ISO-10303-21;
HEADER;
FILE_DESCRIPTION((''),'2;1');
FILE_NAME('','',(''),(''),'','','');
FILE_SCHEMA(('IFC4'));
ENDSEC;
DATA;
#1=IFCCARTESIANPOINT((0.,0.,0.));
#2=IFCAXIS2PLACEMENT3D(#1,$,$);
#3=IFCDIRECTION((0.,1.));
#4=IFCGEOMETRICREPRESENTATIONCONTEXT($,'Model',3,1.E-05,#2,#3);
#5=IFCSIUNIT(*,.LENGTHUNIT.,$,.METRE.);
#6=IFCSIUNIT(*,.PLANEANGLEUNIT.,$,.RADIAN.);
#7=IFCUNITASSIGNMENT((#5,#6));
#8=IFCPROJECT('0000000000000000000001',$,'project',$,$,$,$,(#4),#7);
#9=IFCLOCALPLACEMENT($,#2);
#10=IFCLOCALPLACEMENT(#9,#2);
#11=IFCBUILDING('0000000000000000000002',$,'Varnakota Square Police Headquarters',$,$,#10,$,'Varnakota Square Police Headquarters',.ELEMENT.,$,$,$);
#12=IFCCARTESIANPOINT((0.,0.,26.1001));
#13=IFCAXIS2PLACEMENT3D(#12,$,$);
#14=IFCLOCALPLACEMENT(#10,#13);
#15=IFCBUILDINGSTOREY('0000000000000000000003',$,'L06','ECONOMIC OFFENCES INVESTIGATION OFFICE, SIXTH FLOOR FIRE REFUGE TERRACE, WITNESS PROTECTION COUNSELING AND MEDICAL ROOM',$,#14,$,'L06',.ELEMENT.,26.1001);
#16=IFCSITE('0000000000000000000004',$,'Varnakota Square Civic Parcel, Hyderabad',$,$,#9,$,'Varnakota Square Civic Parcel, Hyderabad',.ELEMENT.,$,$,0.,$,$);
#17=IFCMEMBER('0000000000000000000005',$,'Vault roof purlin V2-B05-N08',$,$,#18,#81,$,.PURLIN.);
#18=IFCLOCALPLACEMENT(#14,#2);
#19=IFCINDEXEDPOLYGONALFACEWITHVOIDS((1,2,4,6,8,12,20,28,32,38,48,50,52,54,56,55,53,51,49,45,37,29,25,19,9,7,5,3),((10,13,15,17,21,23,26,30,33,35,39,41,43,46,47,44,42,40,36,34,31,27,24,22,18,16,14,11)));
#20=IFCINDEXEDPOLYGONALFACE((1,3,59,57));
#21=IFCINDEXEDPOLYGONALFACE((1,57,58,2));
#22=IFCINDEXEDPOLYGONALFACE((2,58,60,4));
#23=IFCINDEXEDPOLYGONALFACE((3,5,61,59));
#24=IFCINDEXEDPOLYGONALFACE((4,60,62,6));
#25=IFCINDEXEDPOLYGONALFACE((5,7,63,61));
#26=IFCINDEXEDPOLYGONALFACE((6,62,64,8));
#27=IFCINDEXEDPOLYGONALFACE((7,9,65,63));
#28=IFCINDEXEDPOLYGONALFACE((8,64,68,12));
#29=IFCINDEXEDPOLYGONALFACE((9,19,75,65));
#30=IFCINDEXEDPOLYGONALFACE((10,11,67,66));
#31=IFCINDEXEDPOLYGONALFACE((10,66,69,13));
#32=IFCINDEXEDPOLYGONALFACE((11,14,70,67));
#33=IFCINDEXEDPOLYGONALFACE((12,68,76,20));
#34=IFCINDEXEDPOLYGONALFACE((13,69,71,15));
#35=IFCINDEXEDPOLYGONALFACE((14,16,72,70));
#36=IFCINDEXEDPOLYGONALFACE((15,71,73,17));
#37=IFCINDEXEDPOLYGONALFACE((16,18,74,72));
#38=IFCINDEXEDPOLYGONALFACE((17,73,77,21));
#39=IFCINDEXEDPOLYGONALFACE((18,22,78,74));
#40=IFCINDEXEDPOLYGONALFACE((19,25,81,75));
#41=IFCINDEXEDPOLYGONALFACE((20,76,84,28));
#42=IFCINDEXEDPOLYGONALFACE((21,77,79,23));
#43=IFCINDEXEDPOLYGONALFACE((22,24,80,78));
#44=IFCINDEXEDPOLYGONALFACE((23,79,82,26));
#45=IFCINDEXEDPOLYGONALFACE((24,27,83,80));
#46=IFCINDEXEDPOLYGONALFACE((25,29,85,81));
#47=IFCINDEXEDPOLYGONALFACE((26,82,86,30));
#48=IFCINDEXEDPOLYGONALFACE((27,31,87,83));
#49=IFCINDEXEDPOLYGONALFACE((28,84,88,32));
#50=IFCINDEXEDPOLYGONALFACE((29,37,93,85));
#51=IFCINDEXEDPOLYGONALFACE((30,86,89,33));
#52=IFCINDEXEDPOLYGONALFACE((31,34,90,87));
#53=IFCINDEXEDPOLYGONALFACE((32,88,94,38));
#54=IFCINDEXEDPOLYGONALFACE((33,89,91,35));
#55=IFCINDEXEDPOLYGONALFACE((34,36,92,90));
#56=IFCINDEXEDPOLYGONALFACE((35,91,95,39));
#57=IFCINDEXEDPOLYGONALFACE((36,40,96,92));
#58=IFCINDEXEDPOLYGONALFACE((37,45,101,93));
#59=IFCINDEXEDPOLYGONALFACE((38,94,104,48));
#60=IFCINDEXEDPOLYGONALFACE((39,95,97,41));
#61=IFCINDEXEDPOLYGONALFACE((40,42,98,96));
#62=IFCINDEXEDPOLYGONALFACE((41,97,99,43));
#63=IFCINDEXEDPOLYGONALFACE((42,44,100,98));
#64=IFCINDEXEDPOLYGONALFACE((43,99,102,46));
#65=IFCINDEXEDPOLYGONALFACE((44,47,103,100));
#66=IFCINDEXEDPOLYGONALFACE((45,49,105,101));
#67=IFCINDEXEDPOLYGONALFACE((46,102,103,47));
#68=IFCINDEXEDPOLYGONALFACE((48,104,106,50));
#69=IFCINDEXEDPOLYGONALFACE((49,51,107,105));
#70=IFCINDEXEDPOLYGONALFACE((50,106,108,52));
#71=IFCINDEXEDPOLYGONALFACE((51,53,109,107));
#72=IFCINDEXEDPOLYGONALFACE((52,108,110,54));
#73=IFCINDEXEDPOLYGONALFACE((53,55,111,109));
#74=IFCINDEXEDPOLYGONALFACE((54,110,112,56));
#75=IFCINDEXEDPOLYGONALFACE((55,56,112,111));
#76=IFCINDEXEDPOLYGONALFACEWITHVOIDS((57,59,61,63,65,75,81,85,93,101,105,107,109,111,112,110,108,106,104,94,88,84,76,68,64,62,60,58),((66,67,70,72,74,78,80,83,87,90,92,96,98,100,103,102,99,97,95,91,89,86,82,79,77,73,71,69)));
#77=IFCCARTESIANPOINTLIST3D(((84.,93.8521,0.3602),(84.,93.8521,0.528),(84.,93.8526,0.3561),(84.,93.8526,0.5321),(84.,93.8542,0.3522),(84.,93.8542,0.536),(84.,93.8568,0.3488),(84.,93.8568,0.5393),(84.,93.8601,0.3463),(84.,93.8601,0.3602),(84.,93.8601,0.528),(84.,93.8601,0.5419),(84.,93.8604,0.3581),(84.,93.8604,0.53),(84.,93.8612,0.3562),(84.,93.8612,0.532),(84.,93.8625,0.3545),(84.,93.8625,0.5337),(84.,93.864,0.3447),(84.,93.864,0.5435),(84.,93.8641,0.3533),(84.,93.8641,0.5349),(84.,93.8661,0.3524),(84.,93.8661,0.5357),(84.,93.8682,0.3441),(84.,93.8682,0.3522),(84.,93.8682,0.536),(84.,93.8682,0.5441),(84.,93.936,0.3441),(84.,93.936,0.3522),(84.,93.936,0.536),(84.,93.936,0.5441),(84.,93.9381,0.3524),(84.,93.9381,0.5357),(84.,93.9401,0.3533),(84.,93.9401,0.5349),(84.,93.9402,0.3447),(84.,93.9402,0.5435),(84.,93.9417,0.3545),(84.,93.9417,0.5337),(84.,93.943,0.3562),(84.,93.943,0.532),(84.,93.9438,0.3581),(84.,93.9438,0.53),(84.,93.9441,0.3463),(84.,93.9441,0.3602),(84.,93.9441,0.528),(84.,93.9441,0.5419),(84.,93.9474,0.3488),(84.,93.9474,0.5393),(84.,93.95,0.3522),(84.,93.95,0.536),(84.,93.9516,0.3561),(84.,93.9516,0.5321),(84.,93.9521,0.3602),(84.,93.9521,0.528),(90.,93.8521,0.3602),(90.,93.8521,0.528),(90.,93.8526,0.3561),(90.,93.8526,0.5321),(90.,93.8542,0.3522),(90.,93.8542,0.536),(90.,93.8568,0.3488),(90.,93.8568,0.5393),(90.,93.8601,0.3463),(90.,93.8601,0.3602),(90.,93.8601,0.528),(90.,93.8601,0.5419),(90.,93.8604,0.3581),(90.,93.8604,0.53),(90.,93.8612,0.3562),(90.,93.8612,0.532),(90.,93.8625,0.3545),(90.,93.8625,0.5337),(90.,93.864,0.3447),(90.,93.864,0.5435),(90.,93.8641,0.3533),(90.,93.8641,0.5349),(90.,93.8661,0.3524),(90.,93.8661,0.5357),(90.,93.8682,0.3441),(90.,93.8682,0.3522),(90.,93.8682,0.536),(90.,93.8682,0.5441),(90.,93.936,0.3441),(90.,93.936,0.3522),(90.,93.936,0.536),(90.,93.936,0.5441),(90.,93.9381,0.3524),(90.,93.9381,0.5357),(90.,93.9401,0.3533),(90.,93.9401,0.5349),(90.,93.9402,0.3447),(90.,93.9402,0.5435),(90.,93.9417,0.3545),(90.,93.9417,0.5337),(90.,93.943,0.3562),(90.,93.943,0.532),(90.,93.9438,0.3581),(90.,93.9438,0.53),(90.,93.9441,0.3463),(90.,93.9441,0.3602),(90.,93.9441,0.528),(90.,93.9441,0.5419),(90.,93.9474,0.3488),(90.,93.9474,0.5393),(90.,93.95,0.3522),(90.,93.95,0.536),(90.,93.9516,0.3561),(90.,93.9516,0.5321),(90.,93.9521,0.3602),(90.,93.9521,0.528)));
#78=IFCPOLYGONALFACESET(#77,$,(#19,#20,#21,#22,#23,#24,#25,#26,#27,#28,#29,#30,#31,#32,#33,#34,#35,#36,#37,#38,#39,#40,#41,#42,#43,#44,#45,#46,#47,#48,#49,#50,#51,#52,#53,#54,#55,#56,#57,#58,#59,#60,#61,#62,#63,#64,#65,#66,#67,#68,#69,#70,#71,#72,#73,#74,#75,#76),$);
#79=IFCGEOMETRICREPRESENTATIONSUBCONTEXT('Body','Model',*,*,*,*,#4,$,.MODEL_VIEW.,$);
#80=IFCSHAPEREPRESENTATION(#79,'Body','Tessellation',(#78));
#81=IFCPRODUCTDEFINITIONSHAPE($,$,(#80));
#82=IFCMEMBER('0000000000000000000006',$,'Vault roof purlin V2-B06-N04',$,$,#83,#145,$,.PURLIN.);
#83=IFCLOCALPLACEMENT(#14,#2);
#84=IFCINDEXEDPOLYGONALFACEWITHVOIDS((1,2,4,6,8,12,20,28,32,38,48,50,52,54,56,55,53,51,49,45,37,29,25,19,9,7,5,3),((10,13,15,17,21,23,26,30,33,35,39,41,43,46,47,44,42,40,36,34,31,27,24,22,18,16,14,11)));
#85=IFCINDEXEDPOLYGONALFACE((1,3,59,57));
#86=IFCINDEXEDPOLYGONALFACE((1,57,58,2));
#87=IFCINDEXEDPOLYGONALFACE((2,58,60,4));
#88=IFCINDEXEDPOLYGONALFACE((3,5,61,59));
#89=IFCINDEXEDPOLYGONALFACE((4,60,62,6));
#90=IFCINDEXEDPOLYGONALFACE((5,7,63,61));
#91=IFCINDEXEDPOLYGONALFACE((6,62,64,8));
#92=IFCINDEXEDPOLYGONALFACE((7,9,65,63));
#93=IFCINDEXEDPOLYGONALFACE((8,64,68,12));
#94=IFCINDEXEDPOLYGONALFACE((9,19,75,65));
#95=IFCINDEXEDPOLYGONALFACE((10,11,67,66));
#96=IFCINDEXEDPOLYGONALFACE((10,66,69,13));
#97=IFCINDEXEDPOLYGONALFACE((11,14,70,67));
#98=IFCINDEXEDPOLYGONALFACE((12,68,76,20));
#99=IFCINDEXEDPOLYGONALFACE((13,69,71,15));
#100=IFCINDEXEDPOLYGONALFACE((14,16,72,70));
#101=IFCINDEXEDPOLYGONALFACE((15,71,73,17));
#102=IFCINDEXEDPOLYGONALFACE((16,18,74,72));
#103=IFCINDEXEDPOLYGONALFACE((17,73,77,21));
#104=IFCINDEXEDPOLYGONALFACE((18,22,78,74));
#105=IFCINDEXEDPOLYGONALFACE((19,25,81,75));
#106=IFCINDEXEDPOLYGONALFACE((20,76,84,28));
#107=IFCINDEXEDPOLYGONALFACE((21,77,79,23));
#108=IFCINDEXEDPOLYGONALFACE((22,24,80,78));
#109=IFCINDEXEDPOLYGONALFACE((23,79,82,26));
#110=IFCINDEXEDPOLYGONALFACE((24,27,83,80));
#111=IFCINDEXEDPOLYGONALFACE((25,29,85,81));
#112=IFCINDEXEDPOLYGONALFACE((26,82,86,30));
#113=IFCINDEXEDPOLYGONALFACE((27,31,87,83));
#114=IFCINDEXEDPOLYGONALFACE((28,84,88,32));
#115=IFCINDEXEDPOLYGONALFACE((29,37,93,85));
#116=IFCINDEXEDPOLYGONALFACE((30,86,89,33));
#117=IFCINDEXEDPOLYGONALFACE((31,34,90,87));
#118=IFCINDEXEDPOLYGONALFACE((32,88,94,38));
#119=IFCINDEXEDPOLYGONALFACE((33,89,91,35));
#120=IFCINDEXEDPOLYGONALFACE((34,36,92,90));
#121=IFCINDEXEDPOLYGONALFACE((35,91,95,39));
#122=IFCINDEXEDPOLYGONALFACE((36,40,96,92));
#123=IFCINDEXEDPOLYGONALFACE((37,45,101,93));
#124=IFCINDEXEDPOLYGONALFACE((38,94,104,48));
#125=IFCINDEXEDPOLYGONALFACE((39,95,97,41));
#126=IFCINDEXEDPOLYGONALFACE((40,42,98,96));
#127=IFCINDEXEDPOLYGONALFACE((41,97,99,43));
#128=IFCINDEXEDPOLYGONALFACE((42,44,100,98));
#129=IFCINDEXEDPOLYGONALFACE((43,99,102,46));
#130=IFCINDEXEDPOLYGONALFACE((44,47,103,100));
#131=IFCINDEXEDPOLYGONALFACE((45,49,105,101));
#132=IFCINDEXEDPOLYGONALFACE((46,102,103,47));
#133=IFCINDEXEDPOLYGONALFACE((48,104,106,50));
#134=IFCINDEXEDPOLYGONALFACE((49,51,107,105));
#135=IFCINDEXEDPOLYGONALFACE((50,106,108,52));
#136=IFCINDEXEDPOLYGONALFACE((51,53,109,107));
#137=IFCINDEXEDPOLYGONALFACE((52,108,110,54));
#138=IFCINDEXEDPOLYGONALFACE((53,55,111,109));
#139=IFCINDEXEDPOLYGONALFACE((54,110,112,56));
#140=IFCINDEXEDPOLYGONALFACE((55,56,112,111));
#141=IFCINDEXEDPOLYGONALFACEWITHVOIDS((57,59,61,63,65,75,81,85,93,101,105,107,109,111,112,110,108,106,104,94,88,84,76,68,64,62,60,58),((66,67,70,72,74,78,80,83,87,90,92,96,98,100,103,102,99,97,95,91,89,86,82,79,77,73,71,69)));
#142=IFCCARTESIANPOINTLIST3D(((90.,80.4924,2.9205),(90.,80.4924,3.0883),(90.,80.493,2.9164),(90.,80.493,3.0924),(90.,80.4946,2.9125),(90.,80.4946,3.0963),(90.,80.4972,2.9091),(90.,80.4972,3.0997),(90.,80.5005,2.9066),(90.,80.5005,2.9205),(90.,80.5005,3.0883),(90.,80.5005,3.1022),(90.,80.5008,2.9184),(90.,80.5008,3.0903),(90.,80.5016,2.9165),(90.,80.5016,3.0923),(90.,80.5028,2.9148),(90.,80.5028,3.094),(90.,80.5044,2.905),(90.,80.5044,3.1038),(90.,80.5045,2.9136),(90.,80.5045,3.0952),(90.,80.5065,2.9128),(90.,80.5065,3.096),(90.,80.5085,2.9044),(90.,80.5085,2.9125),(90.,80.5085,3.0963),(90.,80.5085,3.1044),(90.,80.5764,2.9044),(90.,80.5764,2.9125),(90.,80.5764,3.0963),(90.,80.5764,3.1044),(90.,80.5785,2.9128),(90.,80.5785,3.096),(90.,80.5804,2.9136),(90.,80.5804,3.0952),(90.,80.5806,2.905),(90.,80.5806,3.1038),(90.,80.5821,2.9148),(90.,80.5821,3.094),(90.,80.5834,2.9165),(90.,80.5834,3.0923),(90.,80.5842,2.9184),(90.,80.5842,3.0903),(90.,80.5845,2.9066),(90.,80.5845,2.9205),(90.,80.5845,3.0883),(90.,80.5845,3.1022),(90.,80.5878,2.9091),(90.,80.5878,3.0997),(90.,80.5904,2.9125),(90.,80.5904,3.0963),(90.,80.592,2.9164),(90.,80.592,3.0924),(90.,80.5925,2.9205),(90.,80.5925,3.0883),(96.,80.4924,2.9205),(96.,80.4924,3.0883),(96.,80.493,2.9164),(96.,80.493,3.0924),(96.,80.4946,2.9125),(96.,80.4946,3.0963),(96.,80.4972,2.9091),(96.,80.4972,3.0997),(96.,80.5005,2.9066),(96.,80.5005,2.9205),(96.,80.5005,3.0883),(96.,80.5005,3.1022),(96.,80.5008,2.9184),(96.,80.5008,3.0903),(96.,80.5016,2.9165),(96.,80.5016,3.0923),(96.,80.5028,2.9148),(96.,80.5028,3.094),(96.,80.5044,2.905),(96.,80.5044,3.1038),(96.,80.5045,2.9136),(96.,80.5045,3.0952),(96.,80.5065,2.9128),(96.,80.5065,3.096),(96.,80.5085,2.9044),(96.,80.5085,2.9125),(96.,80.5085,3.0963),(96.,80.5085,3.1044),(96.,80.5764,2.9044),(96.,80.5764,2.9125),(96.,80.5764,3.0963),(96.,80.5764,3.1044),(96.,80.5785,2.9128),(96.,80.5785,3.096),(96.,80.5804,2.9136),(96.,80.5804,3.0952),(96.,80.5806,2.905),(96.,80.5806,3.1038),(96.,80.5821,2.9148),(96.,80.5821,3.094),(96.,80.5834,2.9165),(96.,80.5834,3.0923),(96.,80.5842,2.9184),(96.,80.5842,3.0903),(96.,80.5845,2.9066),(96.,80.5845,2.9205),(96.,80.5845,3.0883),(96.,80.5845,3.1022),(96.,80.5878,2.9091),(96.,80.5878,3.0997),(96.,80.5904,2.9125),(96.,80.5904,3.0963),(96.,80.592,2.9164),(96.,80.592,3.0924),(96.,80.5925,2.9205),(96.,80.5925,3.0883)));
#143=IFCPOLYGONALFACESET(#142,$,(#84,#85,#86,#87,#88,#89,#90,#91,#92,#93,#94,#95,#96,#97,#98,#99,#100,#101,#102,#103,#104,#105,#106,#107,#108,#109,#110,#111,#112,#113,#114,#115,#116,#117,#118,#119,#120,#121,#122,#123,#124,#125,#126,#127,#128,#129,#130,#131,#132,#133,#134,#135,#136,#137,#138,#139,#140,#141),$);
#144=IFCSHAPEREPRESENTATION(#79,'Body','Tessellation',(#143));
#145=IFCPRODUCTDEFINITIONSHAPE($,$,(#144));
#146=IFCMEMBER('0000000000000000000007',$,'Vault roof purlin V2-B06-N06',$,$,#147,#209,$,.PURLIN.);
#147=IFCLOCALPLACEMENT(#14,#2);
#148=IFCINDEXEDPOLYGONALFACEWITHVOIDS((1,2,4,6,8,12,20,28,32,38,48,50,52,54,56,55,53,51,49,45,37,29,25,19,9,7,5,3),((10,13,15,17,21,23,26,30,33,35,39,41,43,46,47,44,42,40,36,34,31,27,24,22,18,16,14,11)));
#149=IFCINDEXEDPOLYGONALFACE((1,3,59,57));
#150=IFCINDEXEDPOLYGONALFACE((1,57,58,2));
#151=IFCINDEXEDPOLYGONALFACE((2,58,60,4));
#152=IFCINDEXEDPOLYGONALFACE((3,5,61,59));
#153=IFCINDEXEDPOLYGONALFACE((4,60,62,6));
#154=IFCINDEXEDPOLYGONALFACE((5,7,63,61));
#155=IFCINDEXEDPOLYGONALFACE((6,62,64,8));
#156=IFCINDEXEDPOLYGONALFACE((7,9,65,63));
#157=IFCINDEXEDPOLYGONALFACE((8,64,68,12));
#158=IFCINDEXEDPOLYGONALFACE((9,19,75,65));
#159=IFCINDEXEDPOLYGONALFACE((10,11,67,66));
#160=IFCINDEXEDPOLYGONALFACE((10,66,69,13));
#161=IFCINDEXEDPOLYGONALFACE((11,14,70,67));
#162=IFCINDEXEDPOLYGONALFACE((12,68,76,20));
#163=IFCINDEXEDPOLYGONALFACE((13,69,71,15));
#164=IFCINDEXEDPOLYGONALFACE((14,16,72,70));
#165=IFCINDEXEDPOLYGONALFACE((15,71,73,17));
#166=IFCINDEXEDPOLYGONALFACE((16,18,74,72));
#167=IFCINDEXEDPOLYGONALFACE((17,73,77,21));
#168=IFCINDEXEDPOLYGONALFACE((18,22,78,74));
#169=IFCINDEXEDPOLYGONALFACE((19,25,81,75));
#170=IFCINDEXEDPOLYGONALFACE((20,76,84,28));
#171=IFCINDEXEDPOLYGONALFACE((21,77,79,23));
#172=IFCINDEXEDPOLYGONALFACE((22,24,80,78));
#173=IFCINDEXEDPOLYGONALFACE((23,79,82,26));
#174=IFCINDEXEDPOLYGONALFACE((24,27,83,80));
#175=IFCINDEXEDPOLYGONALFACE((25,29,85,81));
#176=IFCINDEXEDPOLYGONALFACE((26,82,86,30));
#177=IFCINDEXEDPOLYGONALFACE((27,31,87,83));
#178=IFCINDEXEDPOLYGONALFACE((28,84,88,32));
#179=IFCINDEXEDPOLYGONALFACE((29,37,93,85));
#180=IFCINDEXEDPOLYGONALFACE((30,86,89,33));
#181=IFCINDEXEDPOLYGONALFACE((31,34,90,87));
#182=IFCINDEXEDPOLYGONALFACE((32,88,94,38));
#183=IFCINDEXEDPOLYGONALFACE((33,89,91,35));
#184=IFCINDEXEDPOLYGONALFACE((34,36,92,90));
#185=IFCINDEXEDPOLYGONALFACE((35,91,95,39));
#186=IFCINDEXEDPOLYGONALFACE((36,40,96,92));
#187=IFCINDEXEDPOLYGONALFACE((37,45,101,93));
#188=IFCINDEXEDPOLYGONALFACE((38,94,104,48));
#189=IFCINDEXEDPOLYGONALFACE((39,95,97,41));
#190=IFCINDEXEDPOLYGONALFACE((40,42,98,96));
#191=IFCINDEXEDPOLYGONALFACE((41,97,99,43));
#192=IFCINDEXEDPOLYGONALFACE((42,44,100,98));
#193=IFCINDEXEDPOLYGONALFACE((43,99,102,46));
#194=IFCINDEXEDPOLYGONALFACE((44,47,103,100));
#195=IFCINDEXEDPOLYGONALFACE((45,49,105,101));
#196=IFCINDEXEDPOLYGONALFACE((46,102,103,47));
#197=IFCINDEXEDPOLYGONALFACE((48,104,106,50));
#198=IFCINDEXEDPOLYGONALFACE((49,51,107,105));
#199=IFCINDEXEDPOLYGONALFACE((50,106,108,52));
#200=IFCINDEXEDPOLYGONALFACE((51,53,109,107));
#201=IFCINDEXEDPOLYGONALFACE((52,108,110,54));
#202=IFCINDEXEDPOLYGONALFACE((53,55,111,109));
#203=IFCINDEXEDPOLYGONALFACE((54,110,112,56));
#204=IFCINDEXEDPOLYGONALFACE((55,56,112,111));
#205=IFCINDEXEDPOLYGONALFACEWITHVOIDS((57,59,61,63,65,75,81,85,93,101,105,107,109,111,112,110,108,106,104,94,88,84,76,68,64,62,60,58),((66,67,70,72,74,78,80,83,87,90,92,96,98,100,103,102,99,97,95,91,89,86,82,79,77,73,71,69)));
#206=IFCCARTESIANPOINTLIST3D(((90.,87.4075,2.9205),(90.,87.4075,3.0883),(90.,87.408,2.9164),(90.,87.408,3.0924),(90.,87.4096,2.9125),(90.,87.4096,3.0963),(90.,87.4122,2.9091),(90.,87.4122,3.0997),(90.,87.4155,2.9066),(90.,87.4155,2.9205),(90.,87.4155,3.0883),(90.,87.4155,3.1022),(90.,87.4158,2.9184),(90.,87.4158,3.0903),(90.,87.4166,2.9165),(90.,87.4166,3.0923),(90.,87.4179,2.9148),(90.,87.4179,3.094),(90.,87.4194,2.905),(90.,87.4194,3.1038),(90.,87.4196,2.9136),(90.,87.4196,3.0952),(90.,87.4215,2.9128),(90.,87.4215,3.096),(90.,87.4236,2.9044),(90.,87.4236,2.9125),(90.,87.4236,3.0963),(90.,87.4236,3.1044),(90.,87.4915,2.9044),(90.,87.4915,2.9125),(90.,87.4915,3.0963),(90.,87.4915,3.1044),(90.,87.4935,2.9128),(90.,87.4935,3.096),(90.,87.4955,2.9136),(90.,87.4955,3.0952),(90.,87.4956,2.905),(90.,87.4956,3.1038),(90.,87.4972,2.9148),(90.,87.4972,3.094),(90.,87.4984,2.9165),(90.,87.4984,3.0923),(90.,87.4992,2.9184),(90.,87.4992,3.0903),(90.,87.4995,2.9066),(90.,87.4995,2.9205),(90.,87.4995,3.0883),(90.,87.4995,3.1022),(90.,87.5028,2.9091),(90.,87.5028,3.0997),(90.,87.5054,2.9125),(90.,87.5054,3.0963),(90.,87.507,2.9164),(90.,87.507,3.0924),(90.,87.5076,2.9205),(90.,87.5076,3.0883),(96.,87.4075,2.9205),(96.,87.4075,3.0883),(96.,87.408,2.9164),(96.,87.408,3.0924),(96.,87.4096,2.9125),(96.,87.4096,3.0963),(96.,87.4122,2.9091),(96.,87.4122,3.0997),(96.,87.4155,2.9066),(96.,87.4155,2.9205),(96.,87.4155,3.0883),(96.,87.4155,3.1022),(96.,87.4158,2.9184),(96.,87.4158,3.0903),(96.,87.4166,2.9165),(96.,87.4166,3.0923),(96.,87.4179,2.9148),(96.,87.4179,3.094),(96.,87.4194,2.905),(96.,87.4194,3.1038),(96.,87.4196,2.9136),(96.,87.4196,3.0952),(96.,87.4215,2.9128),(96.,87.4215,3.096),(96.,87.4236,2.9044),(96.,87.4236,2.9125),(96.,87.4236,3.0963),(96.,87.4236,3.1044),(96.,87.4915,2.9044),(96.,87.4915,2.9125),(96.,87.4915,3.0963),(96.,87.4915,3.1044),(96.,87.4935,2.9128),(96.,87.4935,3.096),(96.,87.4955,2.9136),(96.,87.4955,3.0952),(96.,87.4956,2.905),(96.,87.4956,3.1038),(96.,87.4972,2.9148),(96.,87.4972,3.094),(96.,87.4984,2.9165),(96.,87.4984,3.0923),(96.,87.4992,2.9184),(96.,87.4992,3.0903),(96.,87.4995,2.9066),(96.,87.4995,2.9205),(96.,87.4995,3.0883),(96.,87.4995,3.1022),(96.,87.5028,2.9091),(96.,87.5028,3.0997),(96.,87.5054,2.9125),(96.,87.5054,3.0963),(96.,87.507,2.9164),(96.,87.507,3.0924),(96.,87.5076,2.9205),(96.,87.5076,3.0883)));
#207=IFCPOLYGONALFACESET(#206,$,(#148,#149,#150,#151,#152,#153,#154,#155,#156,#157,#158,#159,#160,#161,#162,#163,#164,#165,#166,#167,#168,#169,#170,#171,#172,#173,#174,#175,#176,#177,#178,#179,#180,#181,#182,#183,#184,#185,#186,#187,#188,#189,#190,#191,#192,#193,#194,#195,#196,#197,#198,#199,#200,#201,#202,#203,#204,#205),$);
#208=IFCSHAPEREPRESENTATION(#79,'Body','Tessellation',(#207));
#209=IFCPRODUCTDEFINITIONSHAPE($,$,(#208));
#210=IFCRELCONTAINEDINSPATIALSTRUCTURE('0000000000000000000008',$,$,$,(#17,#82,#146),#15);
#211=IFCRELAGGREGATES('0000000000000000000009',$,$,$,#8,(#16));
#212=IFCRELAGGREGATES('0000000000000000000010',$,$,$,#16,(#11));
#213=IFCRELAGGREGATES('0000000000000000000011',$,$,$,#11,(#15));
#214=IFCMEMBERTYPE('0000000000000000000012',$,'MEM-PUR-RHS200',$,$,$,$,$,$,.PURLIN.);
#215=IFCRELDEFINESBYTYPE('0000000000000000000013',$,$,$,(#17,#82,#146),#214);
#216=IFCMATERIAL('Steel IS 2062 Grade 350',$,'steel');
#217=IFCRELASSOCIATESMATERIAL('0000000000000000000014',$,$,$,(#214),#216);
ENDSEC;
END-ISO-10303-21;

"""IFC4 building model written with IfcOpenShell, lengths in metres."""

from ifc_helpers import new_model, si_unit, direction, frame, origin, origin_2d, place, context, subcontext, project, spatial, hollow_rectangle, extrude, material, material_profile, profile_set, type_object, element, save


model = new_model("IFC4")

# Units and contexts
model_context = context("Model", 3, precision=1e-05, world=origin(), true_north=direction((0.0, 1.0)))
body_context = subcontext(model_context, "Body", "Model", "MODEL_VIEW")
ifc_project = project(units=[si_unit("LENGTHUNIT", "METRE"), si_unit("PLANEANGLEUNIT", "RADIAN")], contexts=[model_context])

# Site, building, storey
site_placement = place(None, origin())
site = spatial("IfcSite", under=ifc_project, at=site_placement, Name="Varnakota Square Civic Parcel, Hyderabad", LongName="Varnakota Square Civic Parcel, Hyderabad", CompositionType="ELEMENT", RefElevation=0.0)
building_placement = place(site_placement, origin())
building = spatial("IfcBuilding", under=site, at=building_placement, Name="Varnakota Square Police Headquarters", LongName="Varnakota Square Police Headquarters", CompositionType="ELEMENT")
storey_placement = place(building_placement, frame((0.0, 0.0, 26.1001)))
storey = spatial("IfcBuildingStorey", under=building, at=storey_placement, Name="L06", Description="ECONOMIC OFFENCES INVESTIGATION OFFICE, SIXTH FLOOR FIRE REFUGE TERRACE, WITNESS PROTECTION COUNSELING AND MEDICAL ROOM", LongName="L06", CompositionType="ELEMENT", Elevation=26.1001)

# Shared definitions
ifc_material_1 = material(Name="Steel IS 2062 Grade 350", Category="steel")

# Members
ifc_material_profile_1 = material_profile(ifc_material_1, hollow_rectangle(XDim=0.1001, YDim=0.2, WallThickness=0.0081, InnerFilletRadius=0.0081, OuterFilletRadius=0.0161, at=origin_2d()), Name="RHS 200x100x8")
ifc_profile_set_1 = profile_set([ifc_material_profile_1], Name="Steel IS 2062 Grade 350")
member_type_1 = type_object("IfcMemberType", Name="MEM-PUR-RHS200", PredefinedType="PURLIN", material=ifc_profile_set_1)
for number, where, z_axis, x_axis, name in (
    (1, (84.0, 93.9021, 0.4441), (1.0, 0.0, 0.0), (0.0, 1.0, 0.0), "Vault roof purlin V2-B05-N08"),
    (2, (90.0, 80.5425, 3.0044), (1.0, 0.0, 0.0), (0.0, 1.0, 0.0), "Vault roof purlin V2-B06-N04"),
    (3, (90.0, 87.4575, 3.0044), (1.0, 0.0, 0.0), (0.0, 1.0, 0.0), "Vault roof purlin V2-B06-N06"),
):
    element("IfcMember", number, at=place(storey_placement, frame(where, z_axis=z_axis, x_axis=x_axis)), inside=storey, type_object=member_type_1, Name=name, PredefinedType="PURLIN", context=body_context, shape_type="SweptSolid", body=[
        extrude(hollow_rectangle(XDim=0.1001, YDim=0.2, WallThickness=0.0081, InnerFilletRadius=0.0081, OuterFilletRadius=0.0161, at=origin_2d()), origin(), (0.0, 0.0, 1.0), 6.0),
    ])

save(model, "model.ifc")
